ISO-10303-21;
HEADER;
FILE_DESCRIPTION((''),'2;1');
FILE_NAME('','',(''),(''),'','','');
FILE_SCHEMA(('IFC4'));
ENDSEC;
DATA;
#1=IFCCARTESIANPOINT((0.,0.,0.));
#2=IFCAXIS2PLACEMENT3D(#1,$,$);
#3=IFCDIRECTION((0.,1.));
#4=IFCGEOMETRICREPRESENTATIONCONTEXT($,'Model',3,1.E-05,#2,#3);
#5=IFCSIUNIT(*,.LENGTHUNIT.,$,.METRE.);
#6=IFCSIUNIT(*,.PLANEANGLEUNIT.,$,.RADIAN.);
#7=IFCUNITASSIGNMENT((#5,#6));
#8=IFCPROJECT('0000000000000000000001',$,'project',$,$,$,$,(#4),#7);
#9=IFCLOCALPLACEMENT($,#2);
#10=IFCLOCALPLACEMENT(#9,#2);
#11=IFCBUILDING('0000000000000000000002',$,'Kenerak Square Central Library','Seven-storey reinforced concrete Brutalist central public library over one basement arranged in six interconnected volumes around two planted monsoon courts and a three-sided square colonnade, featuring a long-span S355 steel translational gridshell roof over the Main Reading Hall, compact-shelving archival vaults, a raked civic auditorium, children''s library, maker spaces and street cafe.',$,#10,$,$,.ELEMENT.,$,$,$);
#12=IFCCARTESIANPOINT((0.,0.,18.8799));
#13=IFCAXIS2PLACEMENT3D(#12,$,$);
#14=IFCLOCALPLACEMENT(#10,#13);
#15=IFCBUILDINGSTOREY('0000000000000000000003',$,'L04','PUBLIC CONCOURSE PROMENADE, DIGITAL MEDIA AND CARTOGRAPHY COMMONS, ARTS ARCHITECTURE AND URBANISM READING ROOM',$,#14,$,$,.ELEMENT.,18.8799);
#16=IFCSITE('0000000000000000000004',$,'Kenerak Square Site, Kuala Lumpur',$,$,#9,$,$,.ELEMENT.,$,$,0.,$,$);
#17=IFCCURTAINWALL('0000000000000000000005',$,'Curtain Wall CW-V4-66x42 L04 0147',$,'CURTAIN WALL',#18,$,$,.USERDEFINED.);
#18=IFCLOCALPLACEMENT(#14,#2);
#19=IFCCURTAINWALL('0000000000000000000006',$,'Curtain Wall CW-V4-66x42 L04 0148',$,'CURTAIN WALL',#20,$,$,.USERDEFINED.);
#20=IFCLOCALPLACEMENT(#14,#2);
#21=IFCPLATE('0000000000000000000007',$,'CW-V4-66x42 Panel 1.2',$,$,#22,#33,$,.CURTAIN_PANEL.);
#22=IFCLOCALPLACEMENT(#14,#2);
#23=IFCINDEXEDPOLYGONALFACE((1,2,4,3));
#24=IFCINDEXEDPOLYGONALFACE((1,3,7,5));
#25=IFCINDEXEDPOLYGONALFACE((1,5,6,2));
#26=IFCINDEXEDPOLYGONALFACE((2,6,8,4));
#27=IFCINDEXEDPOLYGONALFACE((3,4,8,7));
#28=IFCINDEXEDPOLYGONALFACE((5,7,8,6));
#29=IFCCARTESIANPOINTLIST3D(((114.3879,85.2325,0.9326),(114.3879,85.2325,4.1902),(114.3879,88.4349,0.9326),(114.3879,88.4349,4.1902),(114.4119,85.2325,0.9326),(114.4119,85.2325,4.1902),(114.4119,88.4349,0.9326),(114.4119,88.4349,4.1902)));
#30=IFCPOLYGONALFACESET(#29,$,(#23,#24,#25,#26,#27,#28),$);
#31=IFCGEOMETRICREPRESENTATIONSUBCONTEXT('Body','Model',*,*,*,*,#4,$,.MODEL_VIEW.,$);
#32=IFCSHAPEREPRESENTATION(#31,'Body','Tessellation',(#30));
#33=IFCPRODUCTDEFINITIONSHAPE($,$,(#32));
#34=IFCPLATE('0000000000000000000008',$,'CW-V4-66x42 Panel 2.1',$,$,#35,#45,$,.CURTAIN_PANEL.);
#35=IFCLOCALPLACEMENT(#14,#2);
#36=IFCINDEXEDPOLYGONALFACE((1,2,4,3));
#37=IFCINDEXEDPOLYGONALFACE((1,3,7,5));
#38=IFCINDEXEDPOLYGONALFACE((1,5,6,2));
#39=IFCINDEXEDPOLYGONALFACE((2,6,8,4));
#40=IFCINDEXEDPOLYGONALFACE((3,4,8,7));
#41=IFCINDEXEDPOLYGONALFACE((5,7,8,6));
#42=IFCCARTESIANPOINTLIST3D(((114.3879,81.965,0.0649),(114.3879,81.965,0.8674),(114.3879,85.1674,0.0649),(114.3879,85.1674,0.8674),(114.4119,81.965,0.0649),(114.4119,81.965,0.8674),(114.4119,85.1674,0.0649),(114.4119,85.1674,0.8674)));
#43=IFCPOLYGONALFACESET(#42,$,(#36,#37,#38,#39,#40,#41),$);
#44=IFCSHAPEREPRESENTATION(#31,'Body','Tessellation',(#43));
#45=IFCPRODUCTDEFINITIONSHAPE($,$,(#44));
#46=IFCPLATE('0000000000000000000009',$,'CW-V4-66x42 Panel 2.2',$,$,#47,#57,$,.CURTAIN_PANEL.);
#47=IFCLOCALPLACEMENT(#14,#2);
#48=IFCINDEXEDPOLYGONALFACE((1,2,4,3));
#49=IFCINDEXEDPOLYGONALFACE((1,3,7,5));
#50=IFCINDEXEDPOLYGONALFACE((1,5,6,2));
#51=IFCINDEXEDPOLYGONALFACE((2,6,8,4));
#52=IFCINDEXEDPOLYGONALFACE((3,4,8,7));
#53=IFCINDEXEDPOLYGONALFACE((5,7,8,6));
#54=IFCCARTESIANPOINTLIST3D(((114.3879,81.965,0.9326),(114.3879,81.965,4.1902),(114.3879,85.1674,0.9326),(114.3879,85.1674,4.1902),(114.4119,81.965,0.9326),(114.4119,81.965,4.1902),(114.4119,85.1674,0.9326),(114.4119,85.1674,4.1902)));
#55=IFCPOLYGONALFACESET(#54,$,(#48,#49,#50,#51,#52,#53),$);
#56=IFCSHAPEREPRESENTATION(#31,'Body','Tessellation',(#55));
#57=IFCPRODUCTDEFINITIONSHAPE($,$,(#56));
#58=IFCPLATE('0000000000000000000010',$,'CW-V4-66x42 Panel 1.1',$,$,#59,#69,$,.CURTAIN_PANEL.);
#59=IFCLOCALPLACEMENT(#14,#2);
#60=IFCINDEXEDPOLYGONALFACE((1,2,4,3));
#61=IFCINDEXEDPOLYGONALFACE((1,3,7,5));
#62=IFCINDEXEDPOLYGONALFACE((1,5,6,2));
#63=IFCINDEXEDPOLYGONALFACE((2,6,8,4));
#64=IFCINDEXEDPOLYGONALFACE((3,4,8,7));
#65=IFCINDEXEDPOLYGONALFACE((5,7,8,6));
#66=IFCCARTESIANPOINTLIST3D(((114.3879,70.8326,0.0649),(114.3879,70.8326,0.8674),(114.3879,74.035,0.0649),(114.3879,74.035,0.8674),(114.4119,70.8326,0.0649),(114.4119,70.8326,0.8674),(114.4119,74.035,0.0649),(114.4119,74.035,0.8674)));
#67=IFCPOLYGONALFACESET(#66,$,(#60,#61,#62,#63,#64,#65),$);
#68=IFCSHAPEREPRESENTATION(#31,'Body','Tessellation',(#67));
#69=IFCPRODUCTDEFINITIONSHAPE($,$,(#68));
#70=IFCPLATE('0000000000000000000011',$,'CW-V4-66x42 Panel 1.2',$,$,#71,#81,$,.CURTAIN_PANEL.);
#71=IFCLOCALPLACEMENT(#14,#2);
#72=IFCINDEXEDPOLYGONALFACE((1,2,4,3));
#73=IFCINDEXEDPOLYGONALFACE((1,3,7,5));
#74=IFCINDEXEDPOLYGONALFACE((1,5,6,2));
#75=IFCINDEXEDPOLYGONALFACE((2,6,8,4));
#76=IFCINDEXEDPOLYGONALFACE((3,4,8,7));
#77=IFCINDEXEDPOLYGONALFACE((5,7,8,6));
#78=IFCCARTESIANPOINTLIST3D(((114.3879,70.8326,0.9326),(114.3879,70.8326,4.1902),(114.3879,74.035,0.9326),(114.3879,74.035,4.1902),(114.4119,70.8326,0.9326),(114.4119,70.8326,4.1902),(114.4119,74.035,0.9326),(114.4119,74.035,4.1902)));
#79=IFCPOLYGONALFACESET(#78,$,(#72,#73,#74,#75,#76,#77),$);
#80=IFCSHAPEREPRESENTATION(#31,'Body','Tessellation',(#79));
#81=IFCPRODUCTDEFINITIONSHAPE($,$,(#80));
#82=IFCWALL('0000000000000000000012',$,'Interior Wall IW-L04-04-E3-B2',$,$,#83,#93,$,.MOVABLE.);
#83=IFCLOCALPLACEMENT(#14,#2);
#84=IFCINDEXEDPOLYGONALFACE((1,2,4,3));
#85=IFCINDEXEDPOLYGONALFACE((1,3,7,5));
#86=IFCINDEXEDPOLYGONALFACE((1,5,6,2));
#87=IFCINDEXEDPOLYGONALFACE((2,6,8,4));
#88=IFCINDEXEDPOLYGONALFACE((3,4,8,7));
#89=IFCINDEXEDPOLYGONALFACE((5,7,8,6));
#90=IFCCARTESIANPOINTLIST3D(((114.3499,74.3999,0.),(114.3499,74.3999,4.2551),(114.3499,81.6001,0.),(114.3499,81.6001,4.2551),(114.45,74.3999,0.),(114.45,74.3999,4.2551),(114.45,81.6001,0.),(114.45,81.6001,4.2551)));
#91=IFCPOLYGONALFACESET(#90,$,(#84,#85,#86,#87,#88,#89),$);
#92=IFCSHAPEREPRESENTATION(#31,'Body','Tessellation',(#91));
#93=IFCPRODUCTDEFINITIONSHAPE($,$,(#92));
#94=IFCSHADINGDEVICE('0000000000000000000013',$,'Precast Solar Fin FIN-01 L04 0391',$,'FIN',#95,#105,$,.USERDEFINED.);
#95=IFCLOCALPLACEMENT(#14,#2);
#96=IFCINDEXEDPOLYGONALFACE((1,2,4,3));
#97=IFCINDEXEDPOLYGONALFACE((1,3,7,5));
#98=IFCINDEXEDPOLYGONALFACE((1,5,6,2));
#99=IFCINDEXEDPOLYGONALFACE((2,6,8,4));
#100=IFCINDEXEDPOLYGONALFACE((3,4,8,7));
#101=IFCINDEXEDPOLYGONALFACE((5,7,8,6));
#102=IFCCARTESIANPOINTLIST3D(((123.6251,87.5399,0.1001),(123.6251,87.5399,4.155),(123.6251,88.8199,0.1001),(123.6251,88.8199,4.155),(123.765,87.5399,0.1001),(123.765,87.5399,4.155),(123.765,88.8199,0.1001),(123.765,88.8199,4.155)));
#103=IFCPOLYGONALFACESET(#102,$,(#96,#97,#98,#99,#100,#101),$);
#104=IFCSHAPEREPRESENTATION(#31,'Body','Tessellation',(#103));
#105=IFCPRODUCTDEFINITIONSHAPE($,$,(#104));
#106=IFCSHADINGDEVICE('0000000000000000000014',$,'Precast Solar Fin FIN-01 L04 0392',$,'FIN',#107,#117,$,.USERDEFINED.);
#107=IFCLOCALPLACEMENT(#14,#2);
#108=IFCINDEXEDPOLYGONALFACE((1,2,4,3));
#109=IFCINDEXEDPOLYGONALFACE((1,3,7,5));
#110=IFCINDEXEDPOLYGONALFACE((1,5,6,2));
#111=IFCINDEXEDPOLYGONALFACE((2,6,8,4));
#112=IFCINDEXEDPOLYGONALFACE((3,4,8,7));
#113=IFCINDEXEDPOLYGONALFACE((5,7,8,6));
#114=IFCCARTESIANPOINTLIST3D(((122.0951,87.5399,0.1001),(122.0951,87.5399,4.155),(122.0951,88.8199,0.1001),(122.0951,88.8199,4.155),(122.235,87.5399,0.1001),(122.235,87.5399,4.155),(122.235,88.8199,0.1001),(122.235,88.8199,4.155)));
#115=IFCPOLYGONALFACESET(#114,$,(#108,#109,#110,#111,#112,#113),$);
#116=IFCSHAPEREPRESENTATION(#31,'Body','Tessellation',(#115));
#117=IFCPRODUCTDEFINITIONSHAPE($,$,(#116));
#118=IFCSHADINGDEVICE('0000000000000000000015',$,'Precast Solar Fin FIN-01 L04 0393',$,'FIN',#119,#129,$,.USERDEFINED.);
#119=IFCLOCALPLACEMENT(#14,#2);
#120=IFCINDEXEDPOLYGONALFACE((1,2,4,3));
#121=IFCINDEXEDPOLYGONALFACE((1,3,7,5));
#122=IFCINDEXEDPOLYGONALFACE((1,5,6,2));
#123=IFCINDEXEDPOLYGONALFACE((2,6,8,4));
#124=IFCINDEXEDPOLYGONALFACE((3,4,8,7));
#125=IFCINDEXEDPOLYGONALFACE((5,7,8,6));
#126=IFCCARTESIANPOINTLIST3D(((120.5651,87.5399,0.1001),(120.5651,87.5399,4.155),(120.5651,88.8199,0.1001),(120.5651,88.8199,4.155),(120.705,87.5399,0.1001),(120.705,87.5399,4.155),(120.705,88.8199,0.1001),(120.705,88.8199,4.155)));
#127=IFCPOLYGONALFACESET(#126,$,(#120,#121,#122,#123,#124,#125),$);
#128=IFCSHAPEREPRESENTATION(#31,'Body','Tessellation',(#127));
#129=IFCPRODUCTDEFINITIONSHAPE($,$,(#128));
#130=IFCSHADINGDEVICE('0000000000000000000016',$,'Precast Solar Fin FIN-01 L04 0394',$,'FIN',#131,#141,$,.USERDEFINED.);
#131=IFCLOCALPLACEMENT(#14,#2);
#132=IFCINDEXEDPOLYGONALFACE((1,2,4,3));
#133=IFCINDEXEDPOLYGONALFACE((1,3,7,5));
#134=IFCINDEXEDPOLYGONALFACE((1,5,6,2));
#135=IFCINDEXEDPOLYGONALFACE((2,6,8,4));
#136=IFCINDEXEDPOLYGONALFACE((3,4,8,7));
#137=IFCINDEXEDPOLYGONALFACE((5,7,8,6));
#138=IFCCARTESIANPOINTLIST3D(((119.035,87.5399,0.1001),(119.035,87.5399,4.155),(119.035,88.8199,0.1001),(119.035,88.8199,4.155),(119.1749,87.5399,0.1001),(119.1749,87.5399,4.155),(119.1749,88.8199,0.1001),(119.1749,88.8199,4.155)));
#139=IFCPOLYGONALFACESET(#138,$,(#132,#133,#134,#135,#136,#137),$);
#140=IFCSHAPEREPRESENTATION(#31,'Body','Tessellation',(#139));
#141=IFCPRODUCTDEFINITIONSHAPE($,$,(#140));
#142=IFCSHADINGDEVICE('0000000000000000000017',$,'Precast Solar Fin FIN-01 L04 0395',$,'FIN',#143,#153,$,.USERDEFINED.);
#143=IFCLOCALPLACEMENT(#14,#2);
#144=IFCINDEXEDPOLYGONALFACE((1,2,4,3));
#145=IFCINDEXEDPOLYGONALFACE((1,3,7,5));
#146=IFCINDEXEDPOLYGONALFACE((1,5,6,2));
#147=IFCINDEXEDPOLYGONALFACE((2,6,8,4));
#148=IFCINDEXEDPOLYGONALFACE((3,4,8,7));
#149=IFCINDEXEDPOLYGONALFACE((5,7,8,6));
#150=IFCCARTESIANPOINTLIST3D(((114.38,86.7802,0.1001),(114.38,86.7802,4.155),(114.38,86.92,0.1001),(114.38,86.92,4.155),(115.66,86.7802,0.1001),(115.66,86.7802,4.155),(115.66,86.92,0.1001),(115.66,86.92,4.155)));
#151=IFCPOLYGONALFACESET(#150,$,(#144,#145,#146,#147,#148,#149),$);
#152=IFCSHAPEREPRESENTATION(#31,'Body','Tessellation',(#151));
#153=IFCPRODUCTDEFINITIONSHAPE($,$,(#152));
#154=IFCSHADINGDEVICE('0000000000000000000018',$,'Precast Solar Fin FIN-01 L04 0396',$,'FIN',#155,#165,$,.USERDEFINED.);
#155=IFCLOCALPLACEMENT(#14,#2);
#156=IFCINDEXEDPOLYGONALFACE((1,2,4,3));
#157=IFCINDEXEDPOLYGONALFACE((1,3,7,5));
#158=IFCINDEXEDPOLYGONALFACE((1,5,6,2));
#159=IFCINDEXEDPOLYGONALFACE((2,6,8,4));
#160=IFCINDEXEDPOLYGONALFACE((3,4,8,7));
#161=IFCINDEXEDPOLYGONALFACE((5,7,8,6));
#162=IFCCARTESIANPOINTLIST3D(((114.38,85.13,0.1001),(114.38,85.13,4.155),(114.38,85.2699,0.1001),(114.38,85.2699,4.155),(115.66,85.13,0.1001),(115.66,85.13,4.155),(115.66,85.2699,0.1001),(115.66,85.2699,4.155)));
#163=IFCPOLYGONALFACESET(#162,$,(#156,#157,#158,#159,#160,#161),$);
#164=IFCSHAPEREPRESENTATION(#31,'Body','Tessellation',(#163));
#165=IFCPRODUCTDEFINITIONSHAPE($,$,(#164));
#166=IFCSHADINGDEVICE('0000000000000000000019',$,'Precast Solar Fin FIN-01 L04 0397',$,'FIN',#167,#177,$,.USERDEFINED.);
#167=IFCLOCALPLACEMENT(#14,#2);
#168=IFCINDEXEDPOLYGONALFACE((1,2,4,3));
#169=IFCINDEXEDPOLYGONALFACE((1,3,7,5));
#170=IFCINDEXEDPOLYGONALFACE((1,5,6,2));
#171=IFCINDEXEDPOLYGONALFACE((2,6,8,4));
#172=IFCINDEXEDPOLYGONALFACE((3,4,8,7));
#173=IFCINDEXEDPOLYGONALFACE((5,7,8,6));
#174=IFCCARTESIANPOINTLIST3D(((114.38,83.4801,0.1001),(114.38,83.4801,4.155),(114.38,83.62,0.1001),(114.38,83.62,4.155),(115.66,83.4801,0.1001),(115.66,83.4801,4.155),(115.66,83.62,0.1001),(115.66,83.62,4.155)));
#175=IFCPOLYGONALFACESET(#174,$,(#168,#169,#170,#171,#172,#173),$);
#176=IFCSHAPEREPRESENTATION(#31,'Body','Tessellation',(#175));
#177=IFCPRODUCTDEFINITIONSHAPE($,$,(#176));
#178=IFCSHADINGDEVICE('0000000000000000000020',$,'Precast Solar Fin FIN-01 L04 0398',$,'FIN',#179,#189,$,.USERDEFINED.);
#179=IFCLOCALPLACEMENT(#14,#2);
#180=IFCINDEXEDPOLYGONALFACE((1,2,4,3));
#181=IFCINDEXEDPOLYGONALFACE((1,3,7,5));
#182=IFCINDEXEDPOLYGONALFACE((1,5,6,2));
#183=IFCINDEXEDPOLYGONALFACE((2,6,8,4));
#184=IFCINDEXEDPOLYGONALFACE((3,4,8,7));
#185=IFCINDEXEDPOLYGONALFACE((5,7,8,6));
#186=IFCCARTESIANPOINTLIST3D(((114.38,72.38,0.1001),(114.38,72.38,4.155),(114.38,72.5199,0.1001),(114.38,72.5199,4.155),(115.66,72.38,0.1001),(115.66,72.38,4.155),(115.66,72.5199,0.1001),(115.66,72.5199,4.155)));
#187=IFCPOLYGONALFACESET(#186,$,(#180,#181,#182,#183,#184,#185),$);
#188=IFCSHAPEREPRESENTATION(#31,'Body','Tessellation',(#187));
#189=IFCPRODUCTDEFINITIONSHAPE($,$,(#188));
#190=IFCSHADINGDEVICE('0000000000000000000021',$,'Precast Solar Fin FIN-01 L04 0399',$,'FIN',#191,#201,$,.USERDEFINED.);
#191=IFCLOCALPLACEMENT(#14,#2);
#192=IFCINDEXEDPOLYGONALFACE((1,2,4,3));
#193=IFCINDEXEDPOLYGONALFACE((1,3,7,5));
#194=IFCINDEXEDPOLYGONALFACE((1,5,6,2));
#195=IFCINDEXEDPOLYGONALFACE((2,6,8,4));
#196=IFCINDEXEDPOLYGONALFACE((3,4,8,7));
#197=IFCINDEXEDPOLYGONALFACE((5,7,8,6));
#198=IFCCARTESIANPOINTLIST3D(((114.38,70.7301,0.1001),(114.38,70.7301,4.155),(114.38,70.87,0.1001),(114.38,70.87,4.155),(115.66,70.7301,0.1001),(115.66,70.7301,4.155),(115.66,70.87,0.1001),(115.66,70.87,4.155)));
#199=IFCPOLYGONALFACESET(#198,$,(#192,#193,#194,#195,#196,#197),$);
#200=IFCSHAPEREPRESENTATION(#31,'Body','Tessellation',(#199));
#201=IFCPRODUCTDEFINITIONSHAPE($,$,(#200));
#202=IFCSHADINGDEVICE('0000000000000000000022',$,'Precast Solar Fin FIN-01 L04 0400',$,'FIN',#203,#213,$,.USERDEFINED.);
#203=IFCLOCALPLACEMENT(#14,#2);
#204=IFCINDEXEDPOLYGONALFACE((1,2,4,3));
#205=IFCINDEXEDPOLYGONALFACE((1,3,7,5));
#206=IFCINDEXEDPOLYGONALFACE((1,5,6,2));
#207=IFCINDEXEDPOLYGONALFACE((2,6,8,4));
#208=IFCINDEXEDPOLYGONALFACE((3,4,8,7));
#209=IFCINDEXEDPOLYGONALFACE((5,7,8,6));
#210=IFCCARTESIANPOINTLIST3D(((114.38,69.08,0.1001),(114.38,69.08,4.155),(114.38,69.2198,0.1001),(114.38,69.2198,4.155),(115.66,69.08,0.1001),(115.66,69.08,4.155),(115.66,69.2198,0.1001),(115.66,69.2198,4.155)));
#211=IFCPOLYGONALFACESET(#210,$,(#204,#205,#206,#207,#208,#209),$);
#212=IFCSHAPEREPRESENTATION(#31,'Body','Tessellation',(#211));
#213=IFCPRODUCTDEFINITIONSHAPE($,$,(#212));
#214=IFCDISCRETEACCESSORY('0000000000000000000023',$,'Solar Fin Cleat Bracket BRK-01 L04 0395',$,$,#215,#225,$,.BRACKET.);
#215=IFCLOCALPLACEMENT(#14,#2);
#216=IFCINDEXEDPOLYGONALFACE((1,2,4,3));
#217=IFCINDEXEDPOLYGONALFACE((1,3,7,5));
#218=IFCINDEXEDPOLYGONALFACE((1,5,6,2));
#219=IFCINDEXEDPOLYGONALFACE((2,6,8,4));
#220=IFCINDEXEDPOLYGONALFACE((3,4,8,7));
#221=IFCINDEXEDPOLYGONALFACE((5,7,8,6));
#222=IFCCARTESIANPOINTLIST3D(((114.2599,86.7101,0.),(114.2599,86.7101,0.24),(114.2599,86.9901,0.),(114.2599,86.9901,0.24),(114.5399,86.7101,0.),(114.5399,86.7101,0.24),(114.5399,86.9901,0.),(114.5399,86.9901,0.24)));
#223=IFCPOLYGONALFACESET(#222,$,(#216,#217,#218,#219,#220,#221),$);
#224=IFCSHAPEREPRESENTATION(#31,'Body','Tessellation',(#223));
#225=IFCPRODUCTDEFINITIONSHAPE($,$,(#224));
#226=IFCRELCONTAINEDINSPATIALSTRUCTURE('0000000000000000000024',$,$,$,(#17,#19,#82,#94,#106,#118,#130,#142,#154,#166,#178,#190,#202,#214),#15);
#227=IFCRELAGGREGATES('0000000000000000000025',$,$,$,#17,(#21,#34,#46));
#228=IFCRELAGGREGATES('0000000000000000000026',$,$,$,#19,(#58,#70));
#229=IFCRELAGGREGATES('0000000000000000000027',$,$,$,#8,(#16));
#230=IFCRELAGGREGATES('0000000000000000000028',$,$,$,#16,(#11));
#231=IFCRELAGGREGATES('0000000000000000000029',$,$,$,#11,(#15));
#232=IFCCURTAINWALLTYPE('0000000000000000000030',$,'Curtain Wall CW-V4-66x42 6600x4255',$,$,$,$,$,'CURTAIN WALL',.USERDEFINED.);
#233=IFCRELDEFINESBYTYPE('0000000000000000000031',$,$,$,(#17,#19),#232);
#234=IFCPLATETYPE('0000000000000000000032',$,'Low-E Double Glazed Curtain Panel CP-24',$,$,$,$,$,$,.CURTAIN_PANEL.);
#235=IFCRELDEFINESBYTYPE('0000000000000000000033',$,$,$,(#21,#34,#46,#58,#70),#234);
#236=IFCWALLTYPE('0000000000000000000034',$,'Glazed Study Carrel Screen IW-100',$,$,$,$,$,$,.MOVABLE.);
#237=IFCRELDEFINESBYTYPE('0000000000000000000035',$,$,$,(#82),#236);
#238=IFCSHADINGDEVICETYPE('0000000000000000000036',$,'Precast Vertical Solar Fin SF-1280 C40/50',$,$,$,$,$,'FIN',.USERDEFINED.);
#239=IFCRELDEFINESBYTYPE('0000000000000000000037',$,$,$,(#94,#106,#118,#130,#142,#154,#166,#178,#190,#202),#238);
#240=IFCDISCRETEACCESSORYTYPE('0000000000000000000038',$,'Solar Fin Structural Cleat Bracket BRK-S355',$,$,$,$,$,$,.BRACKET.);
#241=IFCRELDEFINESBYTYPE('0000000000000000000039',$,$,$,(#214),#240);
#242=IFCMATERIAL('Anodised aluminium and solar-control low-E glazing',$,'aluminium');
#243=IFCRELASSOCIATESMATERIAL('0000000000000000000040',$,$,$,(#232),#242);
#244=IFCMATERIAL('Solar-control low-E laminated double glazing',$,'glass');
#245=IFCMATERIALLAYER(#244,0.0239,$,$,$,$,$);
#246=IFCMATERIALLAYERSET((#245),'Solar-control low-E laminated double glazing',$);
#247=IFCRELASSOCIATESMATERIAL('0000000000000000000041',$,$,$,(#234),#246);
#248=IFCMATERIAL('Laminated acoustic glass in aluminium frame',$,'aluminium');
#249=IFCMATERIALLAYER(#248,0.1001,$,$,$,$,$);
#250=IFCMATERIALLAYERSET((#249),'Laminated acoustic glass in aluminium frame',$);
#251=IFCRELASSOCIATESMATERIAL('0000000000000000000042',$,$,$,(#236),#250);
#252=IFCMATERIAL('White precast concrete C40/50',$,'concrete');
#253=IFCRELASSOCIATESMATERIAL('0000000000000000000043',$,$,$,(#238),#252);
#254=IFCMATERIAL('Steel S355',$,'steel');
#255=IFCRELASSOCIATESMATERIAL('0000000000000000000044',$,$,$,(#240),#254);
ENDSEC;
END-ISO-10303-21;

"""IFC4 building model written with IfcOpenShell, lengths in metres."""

from ifc_helpers import new_model, si_unit, direction, frame, frame_2d, origin, origin_2d, place, context, subcontext, project, spatial, rectangle, extrude, material, layer, layer_set, type_object, element, aggregate, save


model = new_model("IFC4")

# Units and contexts
model_context = context("Model", 3, precision=1e-05, world=origin(), true_north=direction((0.0, 1.0)))
body_context = subcontext(model_context, "Body", "Model", "MODEL_VIEW")
ifc_project = project(units=[si_unit("LENGTHUNIT", "METRE"), si_unit("PLANEANGLEUNIT", "RADIAN")], contexts=[model_context])

# Site, building, storey
site_placement = place(None, origin())
site = spatial("IfcSite", under=ifc_project, at=site_placement, Name="Kenerak Square Site, Kuala Lumpur", CompositionType="ELEMENT", RefElevation=0.0)
building_placement = place(site_placement, origin())
building = spatial("IfcBuilding", under=site, at=building_placement, Name="Kenerak Square Central Library", Description="Seven-storey reinforced concrete Brutalist central public library over one basement arranged in six interconnected volumes around two planted monsoon courts and a three-sided square colonnade, featuring a long-span S355 steel translational gridshell roof over the Main Reading Hall, compact-shelving archival vaults, a raked civic auditorium, children's library, maker spaces and street cafe.", CompositionType="ELEMENT")
storey_placement = place(building_placement, frame((0.0, 0.0, 18.8799)))
storey = spatial("IfcBuildingStorey", under=building, at=storey_placement, Name="L04", Description="PUBLIC CONCOURSE PROMENADE, DIGITAL MEDIA AND CARTOGRAPHY COMMONS, ARTS ARCHITECTURE AND URBANISM READING ROOM", CompositionType="ELEMENT", Elevation=18.8799)

# Curtain wall
ifc_material_1 = material(Name="Anodised aluminium and solar-control low-E glazing", Category="aluminium")
curtain_wall_type = type_object("IfcCurtainWallType", Name="Curtain Wall CW-V4-66x42 6600x4255", ElementType="CURTAIN WALL", PredefinedType="USERDEFINED", material=ifc_material_1)
curtain_wall_1_placement = place(storey_placement, origin())
curtain_wall_1 = element("IfcCurtainWall", 1, at=curtain_wall_1_placement, inside=storey, type_object=curtain_wall_type, Name="Curtain Wall CW-V4-66x42 L04 0147", ObjectType="CURTAIN WALL", PredefinedType="USERDEFINED")

# Curtain wall
curtain_wall_2_placement = place(storey_placement, origin())
curtain_wall_2 = element("IfcCurtainWall", 2, at=curtain_wall_2_placement, inside=storey, type_object=curtain_wall_type, Name="Curtain Wall CW-V4-66x42 L04 0148", ObjectType="CURTAIN WALL", PredefinedType="USERDEFINED")

# Plates
ifc_material_2 = material(Name="Solar-control low-E laminated double glazing", Category="glass")
ifc_layer_1 = layer(ifc_material_2, 0.0239)
ifc_layer_set_1 = layer_set([ifc_layer_1], Name="Solar-control low-E laminated double glazing")
plate_type = type_object("IfcPlateType", Name="Low-E Double Glazed Curtain Panel CP-24", PredefinedType="CURTAIN_PANEL", material=ifc_layer_set_1)
plate_1_placement = place(storey_placement, frame((114.3999, 86.8337, 0.9326), z_axis=(0.0, 0.0, 1.0), x_axis=(0.0, -1.0, 0.0)))
plate_1 = element("IfcPlate", 3, at=plate_1_placement, type_object=plate_type, Name="CW-V4-66x42 Panel 1.2", PredefinedType="CURTAIN_PANEL", context=body_context, shape_type="SweptSolid", body=[
    extrude(rectangle(XDim=3.2024, YDim=0.0239, at=origin_2d()), origin(), (0.0, 0.0, 1.0), 3.2576),
])
plate_2_placement = place(storey_placement, frame((114.3999, 83.5662, 0.0649), z_axis=(0.0, 0.0, 1.0), x_axis=(0.0, -1.0, 0.0)))
plate_2 = element("IfcPlate", 4, at=plate_2_placement, type_object=plate_type, Name="CW-V4-66x42 Panel 2.1", PredefinedType="CURTAIN_PANEL", context=body_context, shape_type="SweptSolid", body=[
    extrude(rectangle(XDim=3.2024, YDim=0.0239, at=origin_2d()), origin(), (0.0, 0.0, 1.0), 0.8025),
])
plate_3_placement = place(storey_placement, frame((114.3999, 83.5662, 0.9326), z_axis=(0.0, 0.0, 1.0), x_axis=(0.0, -1.0, 0.0)))
plate_3 = element("IfcPlate", 5, at=plate_3_placement, type_object=plate_type, Name="CW-V4-66x42 Panel 2.2", PredefinedType="CURTAIN_PANEL", context=body_context, shape_type="SweptSolid", body=[
    extrude(rectangle(XDim=3.2024, YDim=0.0239, at=origin_2d()), origin(), (0.0, 0.0, 1.0), 3.2576),
])
aggregate(curtain_wall_1, [plate_1, plate_2, plate_3])
plate_4_placement = place(storey_placement, frame((114.3999, 72.4338, 0.0649), z_axis=(0.0, 0.0, 1.0), x_axis=(0.0, -1.0, 0.0)))
plate_4 = element("IfcPlate", 6, at=plate_4_placement, type_object=plate_type, Name="CW-V4-66x42 Panel 1.1", PredefinedType="CURTAIN_PANEL", context=body_context, shape_type="SweptSolid", body=[
    extrude(rectangle(XDim=3.2024, YDim=0.0239, at=origin_2d()), origin(), (0.0, 0.0, 1.0), 0.8025),
])
plate_5_placement = place(storey_placement, frame((114.3999, 72.4338, 0.9326), z_axis=(0.0, 0.0, 1.0), x_axis=(0.0, -1.0, 0.0)))
plate_5 = element("IfcPlate", 7, at=plate_5_placement, type_object=plate_type, Name="CW-V4-66x42 Panel 1.2", PredefinedType="CURTAIN_PANEL", context=body_context, shape_type="SweptSolid", body=[
    extrude(rectangle(XDim=3.2024, YDim=0.0239, at=origin_2d()), origin(), (0.0, 0.0, 1.0), 3.2576),
])
aggregate(curtain_wall_2, [plate_4, plate_5])

# Wall
ifc_material_3 = material(Name="Laminated acoustic glass in aluminium frame", Category="aluminium")
ifc_layer_2 = layer(ifc_material_3, 0.1001)
ifc_layer_set_2 = layer_set([ifc_layer_2], Name="Laminated acoustic glass in aluminium frame")
wall_type = type_object("IfcWallType", Name="Glazed Study Carrel Screen IW-100", PredefinedType="MOVABLE", material=ifc_layer_set_2)
wall_placement = place(storey_placement, frame((114.3999, 81.6001, 0.0), z_axis=(0.0, 0.0, 1.0), x_axis=(0.0, -1.0, 0.0)))
element("IfcWall", 8, at=wall_placement, inside=storey, type_object=wall_type, Name="Interior Wall IW-L04-04-E3-B2", PredefinedType="MOVABLE", context=body_context, shape_type="SweptSolid", body=[
    extrude(rectangle(XDim=7.2002, YDim=0.1001, at=frame_2d((3.6001, 0.0))), origin(), (0.0, 0.0, 1.0), 4.2551),
])

# Shading devices
ifc_material_4 = material(Name="White precast concrete C40/50", Category="concrete")
shading_device_type = type_object("IfcShadingDeviceType", Name="Precast Vertical Solar Fin SF-1280 C40/50", ElementType="FIN", PredefinedType="USERDEFINED", material=ifc_material_4)
for number, where, z_axis, x_axis, name in (
    (9, (123.6951, 88.1799, 0.1001), (0.0, 0.0, 1.0), (-1.0, 0.0, 0.0), "Precast Solar Fin FIN-01 L04 0391"),
    (10, (122.165, 88.1799, 0.1001), (0.0, 0.0, 1.0), (-1.0, 0.0, 0.0), "Precast Solar Fin FIN-01 L04 0392"),
    (11, (120.635, 88.1799, 0.1001), (0.0, 0.0, 1.0), (-1.0, 0.0, 0.0), "Precast Solar Fin FIN-01 L04 0393"),
    (12, (119.105, 88.1799, 0.1001), (0.0, 0.0, 1.0), (-1.0, 0.0, 0.0), "Precast Solar Fin FIN-01 L04 0394"),
    (13, (115.02, 86.8501, 0.1001), (0.0, 0.0, 1.0), (0.0, -1.0, 0.0), "Precast Solar Fin FIN-01 L04 0395"),
    (14, (115.02, 85.2, 0.1001), (0.0, 0.0, 1.0), (0.0, -1.0, 0.0), "Precast Solar Fin FIN-01 L04 0396"),
    (15, (115.02, 83.55, 0.1001), (0.0, 0.0, 1.0), (0.0, -1.0, 0.0), "Precast Solar Fin FIN-01 L04 0397"),
    (16, (115.02, 72.45, 0.1001), (0.0, 0.0, 1.0), (0.0, -1.0, 0.0), "Precast Solar Fin FIN-01 L04 0398"),
    (17, (115.02, 70.8, 0.1001), (0.0, 0.0, 1.0), (0.0, -1.0, 0.0), "Precast Solar Fin FIN-01 L04 0399"),
    (18, (115.02, 69.1499, 0.1001), (0.0, 0.0, 1.0), (0.0, -1.0, 0.0), "Precast Solar Fin FIN-01 L04 0400"),
):
    element("IfcShadingDevice", number, at=place(storey_placement, frame(where, z_axis=z_axis, x_axis=x_axis)), inside=storey, type_object=shading_device_type, Name=name, ObjectType="FIN", PredefinedType="USERDEFINED", context=body_context, shape_type="SweptSolid", body=[
        extrude(rectangle(XDim=0.1399, YDim=1.28, at=origin_2d()), origin(), (0.0, 0.0, 1.0), 4.0549),
    ])

# Discrete accessory
ifc_material_5 = material(Name="Steel S355", Category="steel")
discrete_accessory_type = type_object("IfcDiscreteAccessoryType", Name="Solar Fin Structural Cleat Bracket BRK-S355", PredefinedType="BRACKET", material=ifc_material_5)
for number, where, z_axis, x_axis, name in (
    (19, (114.3999, 86.8501, 0.0), (0.0, 0.0, 1.0), (0.0, -1.0, 0.0), "Solar Fin Cleat Bracket BRK-01 L04 0395"),
):
    element("IfcDiscreteAccessory", number, at=place(storey_placement, frame(where, z_axis=z_axis, x_axis=x_axis)), inside=storey, type_object=discrete_accessory_type, Name=name, PredefinedType="BRACKET", context=body_context, shape_type="SweptSolid", body=[
        extrude(rectangle(XDim=0.28, YDim=0.28, at=origin_2d()), origin(), (0.0, 0.0, 1.0), 0.24),
    ])

save(model, "model.ifc")
